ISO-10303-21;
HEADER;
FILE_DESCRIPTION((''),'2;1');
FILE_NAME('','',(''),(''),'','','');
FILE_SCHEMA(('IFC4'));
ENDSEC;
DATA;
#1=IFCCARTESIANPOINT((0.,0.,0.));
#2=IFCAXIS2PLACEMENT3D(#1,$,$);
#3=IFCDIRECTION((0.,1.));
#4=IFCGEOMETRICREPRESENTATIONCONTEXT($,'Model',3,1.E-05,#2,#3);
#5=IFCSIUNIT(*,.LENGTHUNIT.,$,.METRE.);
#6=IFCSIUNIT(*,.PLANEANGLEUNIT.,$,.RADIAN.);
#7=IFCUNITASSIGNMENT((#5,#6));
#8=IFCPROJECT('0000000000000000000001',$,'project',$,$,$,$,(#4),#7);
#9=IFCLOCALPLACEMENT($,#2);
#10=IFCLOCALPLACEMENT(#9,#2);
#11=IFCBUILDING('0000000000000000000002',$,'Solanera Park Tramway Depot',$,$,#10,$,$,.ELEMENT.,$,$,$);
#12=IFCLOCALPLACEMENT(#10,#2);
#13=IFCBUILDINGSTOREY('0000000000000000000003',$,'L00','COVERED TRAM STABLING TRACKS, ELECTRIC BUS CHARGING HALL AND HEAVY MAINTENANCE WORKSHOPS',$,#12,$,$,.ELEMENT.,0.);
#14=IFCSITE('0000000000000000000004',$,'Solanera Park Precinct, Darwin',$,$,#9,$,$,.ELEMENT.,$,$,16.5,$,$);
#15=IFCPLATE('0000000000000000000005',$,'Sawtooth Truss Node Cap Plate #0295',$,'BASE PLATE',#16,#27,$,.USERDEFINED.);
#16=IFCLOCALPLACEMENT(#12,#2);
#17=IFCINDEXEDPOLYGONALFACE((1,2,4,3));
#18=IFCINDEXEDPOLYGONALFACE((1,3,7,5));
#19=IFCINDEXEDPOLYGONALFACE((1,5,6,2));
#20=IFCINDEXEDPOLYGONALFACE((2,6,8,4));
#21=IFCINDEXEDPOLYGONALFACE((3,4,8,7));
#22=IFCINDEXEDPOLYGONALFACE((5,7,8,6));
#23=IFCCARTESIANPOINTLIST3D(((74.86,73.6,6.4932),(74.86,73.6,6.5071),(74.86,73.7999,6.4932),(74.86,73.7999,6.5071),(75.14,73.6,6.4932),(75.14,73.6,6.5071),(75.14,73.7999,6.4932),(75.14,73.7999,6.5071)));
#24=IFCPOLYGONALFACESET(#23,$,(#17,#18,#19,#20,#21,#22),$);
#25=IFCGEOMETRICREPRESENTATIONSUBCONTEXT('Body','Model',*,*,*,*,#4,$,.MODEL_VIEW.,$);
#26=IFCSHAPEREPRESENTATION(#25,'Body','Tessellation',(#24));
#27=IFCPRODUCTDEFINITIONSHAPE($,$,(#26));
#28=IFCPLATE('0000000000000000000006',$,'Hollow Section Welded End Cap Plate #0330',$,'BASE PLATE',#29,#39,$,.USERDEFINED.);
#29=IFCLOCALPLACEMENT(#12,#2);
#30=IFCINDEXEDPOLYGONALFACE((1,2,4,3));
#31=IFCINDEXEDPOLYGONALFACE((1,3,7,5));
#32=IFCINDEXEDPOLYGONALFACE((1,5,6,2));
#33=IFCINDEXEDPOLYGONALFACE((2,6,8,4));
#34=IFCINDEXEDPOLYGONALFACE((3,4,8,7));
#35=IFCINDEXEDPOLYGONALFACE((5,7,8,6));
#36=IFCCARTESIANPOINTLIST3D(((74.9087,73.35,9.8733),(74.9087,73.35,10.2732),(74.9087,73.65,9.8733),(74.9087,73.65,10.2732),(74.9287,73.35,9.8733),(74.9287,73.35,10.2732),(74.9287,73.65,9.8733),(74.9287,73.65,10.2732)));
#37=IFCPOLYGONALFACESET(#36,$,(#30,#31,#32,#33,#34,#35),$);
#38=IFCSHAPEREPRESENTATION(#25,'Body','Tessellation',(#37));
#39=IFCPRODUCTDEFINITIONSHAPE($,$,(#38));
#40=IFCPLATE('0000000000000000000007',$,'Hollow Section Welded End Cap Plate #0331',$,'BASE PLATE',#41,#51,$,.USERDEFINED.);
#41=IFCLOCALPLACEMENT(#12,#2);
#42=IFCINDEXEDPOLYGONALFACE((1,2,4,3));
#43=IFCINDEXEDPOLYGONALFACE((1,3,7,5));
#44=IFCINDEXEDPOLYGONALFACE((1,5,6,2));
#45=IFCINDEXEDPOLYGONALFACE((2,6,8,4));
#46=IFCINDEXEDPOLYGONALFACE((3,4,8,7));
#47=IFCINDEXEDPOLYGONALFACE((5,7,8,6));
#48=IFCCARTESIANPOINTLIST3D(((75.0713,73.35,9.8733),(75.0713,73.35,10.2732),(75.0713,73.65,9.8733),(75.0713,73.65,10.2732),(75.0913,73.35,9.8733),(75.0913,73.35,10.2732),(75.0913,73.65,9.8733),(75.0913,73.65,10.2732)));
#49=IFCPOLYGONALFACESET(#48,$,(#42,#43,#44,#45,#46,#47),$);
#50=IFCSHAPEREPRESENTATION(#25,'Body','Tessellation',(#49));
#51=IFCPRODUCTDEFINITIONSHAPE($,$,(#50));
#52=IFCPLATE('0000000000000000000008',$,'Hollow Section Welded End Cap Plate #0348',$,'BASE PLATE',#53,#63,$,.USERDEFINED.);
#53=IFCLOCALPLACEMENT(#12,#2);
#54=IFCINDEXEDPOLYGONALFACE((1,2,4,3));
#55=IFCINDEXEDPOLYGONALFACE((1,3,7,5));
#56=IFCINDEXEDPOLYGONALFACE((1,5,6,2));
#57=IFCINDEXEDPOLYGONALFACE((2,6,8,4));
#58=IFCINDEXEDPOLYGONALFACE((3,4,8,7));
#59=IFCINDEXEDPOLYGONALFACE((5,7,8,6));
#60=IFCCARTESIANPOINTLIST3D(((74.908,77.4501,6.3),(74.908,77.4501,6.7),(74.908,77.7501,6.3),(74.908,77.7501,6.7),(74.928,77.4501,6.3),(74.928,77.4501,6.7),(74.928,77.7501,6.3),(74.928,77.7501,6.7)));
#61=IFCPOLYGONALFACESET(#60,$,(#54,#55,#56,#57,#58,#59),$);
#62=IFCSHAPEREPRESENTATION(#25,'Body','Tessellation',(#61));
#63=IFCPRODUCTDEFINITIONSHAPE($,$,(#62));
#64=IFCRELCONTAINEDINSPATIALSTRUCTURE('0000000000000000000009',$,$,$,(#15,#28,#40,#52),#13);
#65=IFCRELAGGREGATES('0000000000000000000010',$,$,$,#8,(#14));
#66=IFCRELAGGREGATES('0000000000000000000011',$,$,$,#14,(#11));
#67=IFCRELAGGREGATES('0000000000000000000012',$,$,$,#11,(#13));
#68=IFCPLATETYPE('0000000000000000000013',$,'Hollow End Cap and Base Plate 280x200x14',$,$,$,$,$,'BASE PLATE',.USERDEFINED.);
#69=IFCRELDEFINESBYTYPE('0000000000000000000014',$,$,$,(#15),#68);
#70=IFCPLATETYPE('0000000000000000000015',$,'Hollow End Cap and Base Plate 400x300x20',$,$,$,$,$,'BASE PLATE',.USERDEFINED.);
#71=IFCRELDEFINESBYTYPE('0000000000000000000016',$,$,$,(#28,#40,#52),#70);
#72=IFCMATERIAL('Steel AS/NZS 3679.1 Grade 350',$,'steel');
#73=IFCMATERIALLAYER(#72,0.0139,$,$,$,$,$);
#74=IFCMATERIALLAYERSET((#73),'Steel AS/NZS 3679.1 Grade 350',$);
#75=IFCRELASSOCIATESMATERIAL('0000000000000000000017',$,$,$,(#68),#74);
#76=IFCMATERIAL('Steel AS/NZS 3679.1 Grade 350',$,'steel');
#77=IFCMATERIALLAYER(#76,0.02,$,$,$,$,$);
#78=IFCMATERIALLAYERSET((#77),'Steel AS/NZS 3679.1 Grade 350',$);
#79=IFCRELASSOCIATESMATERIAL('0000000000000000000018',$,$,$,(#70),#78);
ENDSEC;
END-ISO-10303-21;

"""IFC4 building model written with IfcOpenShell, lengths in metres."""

from ifc_helpers import new_model, si_unit, direction, frame, origin, origin_2d, place, context, subcontext, project, spatial, rectangle, extrude, material, layer, layer_set, type_object, element, save


model = new_model("IFC4")

# Units and contexts
model_context = context("Model", 3, precision=1e-05, world=origin(), true_north=direction((0.0, 1.0)))
body_context = subcontext(model_context, "Body", "Model", "MODEL_VIEW")
ifc_project = project(units=[si_unit("LENGTHUNIT", "METRE"), si_unit("PLANEANGLEUNIT", "RADIAN")], contexts=[model_context])

# Site, building, storey
site_placement = place(None, origin())
site = spatial("IfcSite", under=ifc_project, at=site_placement, Name="Solanera Park Precinct, Darwin", CompositionType="ELEMENT", RefElevation=16.5)
building_placement = place(site_placement, origin())
building = spatial("IfcBuilding", under=site, at=building_placement, Name="Solanera Park Tramway Depot", CompositionType="ELEMENT")
storey_placement = place(building_placement, origin())
storey = spatial("IfcBuildingStorey", under=building, at=storey_placement, Name="L00", Description="COVERED TRAM STABLING TRACKS, ELECTRIC BUS CHARGING HALL AND HEAVY MAINTENANCE WORKSHOPS", CompositionType="ELEMENT", Elevation=0.0)

# Plates
ifc_material_1 = material(Name="Steel AS/NZS 3679.1 Grade 350", Category="steel")
ifc_layer_1 = layer(ifc_material_1, 0.0139)
ifc_layer_set_1 = layer_set([ifc_layer_1], Name="Steel AS/NZS 3679.1 Grade 350")
plate_type_1 = type_object("IfcPlateType", Name="Hollow End Cap and Base Plate 280x200x14", ElementType="BASE PLATE", PredefinedType="USERDEFINED", material=ifc_layer_set_1)
for number, where, z_axis, x_axis, name in (
    (1, (75.0, 73.7, 6.4932), (0.0, 0.0, 1.0), (1.0, 0.0, 0.0), "Sawtooth Truss Node Cap Plate #0295"),
):
    element("IfcPlate", number, at=place(storey_placement, frame(where, z_axis=z_axis, x_axis=x_axis)), inside=storey, type_object=plate_type_1, Name=name, ObjectType="BASE PLATE", PredefinedType="USERDEFINED", context=body_context, shape_type="SweptSolid", body=[
        extrude(rectangle(XDim=0.28, YDim=0.2, at=origin_2d()), origin(), (0.0, 0.0, 1.0), 0.0139),
    ])
ifc_material_2 = material(Name="Steel AS/NZS 3679.1 Grade 350", Category="steel")
ifc_layer_2 = layer(ifc_material_2, 0.02)
ifc_layer_set_2 = layer_set([ifc_layer_2], Name="Steel AS/NZS 3679.1 Grade 350")
plate_type_2 = type_object("IfcPlateType", Name="Hollow End Cap and Base Plate 400x300x20", ElementType="BASE PLATE", PredefinedType="USERDEFINED", material=ifc_layer_set_2)
for number, where, z_axis, x_axis, name in (
    (2, (74.9187, 73.5, 9.8733), (0.0, 0.0, 1.0), (1.0, 0.0, 0.0), "Hollow Section Welded End Cap Plate #0330"),
    (3, (75.0813, 73.5, 9.8733), (0.0, 0.0, 1.0), (1.0, 0.0, 0.0), "Hollow Section Welded End Cap Plate #0331"),
    (4, (74.918, 77.6001, 6.3), (0.0, 0.0, 1.0), (1.0, 0.0, 0.0), "Hollow Section Welded End Cap Plate #0348"),
):
    element("IfcPlate", number, at=place(storey_placement, frame(where, z_axis=z_axis, x_axis=x_axis)), inside=storey, type_object=plate_type_2, Name=name, ObjectType="BASE PLATE", PredefinedType="USERDEFINED", context=body_context, shape_type="SweptSolid", body=[
        extrude(rectangle(XDim=0.02, YDim=0.3, at=origin_2d()), origin(), (0.0, 0.0, 1.0), 0.3999),
    ])

save(model, "model.ifc")
